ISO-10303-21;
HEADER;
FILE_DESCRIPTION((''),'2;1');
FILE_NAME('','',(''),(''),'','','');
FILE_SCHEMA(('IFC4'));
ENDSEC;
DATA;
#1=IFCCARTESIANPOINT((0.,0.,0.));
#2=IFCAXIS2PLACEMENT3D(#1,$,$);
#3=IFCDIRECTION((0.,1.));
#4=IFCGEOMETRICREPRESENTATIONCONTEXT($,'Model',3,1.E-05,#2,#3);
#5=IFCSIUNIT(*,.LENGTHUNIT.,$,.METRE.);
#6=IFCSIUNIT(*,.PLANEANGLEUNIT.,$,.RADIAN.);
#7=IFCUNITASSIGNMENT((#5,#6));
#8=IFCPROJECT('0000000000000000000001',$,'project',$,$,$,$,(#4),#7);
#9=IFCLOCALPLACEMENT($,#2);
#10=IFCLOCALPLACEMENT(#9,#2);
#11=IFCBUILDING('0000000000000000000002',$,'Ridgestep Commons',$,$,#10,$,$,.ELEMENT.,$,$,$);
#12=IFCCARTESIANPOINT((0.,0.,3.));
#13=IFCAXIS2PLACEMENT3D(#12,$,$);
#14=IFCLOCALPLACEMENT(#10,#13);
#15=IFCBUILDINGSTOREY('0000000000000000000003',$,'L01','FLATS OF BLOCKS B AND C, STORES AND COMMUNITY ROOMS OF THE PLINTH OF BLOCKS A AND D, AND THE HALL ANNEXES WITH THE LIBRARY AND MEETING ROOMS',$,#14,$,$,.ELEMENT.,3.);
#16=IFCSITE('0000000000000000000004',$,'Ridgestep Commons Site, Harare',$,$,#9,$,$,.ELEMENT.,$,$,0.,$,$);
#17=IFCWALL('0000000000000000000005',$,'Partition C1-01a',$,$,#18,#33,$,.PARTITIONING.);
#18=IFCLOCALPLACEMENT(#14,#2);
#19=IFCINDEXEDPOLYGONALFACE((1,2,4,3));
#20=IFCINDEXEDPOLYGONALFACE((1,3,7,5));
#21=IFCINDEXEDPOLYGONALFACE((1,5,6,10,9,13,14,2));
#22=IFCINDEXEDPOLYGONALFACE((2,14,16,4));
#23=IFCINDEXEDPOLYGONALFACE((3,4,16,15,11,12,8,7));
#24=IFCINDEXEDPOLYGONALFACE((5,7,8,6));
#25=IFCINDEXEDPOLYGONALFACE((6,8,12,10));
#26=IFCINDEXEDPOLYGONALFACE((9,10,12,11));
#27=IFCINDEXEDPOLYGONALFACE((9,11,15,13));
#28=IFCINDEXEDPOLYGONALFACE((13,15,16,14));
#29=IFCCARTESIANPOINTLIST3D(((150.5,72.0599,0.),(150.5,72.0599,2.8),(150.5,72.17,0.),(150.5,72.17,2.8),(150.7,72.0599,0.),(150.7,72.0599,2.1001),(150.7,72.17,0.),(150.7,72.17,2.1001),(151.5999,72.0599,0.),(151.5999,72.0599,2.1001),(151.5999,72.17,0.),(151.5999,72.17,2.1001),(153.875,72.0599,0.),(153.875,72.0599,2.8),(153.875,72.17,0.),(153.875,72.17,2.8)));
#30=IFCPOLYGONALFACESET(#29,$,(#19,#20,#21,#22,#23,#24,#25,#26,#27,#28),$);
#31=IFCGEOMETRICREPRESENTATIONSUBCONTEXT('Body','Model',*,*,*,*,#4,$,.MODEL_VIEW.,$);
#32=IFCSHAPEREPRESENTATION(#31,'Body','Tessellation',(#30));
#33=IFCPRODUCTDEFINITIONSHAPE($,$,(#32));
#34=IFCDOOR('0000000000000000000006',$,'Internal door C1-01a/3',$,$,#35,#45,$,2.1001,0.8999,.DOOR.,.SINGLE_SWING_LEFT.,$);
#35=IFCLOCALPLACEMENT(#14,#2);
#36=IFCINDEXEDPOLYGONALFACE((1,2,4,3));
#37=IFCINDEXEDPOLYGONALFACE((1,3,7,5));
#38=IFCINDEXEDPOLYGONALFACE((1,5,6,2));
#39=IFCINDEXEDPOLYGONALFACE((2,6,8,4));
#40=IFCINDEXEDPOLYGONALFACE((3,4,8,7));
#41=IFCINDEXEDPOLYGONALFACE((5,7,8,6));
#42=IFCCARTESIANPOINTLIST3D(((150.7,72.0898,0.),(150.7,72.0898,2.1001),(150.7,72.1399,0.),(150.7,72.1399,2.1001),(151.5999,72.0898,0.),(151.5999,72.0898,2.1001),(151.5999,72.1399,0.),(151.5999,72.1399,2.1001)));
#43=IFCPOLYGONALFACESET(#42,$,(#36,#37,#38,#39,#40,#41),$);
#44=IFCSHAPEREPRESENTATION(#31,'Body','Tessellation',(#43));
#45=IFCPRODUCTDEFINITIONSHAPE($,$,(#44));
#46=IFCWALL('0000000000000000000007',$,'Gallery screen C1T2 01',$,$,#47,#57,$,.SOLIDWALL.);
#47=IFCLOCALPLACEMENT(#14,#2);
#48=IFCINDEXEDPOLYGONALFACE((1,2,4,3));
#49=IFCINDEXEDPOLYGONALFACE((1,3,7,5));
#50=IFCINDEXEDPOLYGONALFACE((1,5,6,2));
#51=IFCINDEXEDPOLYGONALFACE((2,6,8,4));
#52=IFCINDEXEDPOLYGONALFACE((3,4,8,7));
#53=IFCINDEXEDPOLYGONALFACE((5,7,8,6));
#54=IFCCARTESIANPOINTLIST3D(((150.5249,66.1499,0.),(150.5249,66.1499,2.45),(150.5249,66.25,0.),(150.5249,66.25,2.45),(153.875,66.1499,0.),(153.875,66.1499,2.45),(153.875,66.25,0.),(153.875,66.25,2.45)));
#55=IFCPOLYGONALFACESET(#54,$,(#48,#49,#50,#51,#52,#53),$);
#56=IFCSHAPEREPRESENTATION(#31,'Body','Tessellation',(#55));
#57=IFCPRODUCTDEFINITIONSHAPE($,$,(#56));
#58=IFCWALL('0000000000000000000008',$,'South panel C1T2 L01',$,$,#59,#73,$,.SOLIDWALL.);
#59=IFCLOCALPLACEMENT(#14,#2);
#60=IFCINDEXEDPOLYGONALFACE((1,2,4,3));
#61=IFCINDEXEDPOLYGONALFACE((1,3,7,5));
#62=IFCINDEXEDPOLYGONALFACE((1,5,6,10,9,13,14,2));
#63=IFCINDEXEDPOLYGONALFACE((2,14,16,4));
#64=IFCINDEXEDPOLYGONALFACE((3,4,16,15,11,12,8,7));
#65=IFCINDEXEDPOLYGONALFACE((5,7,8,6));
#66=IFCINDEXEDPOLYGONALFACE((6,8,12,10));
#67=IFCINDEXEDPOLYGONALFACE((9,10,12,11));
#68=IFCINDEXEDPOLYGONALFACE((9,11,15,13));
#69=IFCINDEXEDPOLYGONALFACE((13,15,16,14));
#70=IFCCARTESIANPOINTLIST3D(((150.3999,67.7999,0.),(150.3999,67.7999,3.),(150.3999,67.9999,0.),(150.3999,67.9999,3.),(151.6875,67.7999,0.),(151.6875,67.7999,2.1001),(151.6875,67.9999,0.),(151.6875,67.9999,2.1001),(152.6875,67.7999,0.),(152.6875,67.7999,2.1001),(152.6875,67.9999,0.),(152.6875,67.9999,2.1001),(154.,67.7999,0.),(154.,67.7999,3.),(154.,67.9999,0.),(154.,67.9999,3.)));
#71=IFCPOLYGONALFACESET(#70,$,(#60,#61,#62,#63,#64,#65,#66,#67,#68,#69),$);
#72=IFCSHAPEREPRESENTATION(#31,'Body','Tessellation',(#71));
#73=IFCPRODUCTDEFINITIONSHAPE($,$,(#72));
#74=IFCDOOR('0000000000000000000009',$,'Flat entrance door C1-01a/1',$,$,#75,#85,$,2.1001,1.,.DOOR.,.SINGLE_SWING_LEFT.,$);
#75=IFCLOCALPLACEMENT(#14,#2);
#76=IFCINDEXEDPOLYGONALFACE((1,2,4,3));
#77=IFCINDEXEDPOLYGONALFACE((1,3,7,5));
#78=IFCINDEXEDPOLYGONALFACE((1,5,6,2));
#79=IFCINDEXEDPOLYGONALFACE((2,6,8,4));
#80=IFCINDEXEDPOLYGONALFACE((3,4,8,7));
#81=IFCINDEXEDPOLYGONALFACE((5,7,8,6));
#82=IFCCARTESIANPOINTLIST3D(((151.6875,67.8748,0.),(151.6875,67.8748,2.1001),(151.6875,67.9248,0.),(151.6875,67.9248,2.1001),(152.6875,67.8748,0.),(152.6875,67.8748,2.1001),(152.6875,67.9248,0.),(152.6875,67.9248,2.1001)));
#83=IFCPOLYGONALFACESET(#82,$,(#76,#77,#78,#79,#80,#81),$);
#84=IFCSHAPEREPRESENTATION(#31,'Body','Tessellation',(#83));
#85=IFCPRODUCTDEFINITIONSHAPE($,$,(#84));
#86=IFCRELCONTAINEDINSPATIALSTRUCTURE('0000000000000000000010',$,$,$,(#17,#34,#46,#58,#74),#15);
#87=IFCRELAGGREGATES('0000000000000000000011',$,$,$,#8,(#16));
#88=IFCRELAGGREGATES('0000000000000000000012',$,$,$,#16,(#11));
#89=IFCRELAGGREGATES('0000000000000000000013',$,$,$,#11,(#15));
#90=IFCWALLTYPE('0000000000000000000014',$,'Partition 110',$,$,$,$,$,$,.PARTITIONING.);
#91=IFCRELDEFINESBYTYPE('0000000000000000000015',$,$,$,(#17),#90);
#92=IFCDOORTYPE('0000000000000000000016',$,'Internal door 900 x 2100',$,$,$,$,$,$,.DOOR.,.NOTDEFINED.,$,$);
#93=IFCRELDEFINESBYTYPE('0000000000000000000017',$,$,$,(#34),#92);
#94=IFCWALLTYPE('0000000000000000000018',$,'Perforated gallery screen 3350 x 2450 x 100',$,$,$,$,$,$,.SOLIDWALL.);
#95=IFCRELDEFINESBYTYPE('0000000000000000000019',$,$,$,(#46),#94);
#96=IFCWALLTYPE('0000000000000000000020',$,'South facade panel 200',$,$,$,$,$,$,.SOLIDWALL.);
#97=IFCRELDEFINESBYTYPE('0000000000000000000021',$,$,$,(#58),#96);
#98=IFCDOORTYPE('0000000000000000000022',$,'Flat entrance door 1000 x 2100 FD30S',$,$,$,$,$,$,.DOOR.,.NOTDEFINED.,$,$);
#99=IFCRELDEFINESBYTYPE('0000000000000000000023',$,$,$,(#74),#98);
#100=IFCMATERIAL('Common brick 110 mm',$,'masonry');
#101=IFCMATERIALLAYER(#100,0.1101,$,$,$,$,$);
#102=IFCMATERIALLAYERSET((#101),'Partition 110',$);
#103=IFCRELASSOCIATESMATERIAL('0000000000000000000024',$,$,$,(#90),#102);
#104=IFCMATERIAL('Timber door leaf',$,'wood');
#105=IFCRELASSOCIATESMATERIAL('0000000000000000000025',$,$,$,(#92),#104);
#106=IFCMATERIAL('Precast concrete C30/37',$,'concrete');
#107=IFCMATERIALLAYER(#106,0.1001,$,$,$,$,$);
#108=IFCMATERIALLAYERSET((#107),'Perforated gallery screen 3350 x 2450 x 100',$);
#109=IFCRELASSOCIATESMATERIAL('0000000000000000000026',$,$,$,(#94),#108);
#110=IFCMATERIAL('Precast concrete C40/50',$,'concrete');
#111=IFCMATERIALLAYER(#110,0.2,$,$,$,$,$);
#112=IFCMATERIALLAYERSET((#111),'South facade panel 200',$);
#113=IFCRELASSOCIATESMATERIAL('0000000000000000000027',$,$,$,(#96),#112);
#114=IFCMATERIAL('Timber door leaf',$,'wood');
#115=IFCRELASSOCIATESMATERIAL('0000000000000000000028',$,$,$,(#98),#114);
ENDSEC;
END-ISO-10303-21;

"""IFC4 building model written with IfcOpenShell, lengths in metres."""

from ifc_helpers import new_model, si_unit, direction, frame, frame_2d, origin, place, context, subcontext, project, spatial, rectangle, extrude, material, layer, layer_set, type_object, element, fill, save


model = new_model("IFC4")

# Units and contexts
model_context = context("Model", 3, precision=1e-05, world=origin(), true_north=direction((0.0, 1.0)))
body_context = subcontext(model_context, "Body", "Model", "MODEL_VIEW")
ifc_project = project(units=[si_unit("LENGTHUNIT", "METRE"), si_unit("PLANEANGLEUNIT", "RADIAN")], contexts=[model_context])

# Site, building, storey
site_placement = place(None, origin())
site = spatial("IfcSite", under=ifc_project, at=site_placement, Name="Ridgestep Commons Site, Harare", CompositionType="ELEMENT", RefElevation=0.0)
building_placement = place(site_placement, origin())
building = spatial("IfcBuilding", under=site, at=building_placement, Name="Ridgestep Commons", CompositionType="ELEMENT")
storey_placement = place(building_placement, frame((0.0, 0.0, 3.0)))
storey = spatial("IfcBuildingStorey", under=building, at=storey_placement, Name="L01", Description="FLATS OF BLOCKS B AND C, STORES AND COMMUNITY ROOMS OF THE PLINTH OF BLOCKS A AND D, AND THE HALL ANNEXES WITH THE LIBRARY AND MEETING ROOMS", CompositionType="ELEMENT", Elevation=3.0)

# Shared definitions
ifc_material_1 = material(Name="Common brick 110 mm", Category="masonry")
ifc_layer_1 = layer(ifc_material_1, 0.1101)
ifc_layer_set_1 = layer_set([ifc_layer_1], Name="Partition 110")
wall_type_1 = type_object("IfcWallType", Name="Partition 110", PredefinedType="PARTITIONING", material=ifc_layer_set_1)

# Wall, opening, door
wall_1_placement = place(storey_placement, frame((150.5, 72.115, 0.0), z_axis=(0.0, 0.0, 1.0), x_axis=(1.0, 0.0, 0.0)))
wall_1 = element("IfcWall", 1, at=wall_1_placement, inside=storey, type_object=wall_type_1, Name="Partition C1-01a", PredefinedType="PARTITIONING", context=body_context, shape_type="SweptSolid", body=[
    extrude(rectangle(XDim=3.375, YDim=0.1101, at=frame_2d((1.6875, 0.0))), origin(), (0.0, 0.0, 1.0), 2.8),
])
opening_1_placement = place(wall_1_placement, frame((0.2, 0.0, 0.0)))
opening_1 = element("IfcOpeningElement", 2, at=opening_1_placement, cuts=wall_1, PredefinedType="OPENING", context=body_context, shape_type="SweptSolid", body=[
    extrude(rectangle(XDim=0.8999, YDim=2.1001, at=frame_2d((0.45, 1.05))), frame((0.0, 0.0649, 0.0), z_axis=(0.0, -1.0, 0.0), x_axis=(1.0, 0.0, 0.0)), (0.0, 0.0, 1.0), 0.1301),
])
ifc_material_2 = material(Name="Timber door leaf", Category="wood")
door_type_1 = type_object("IfcDoorType", Name="Internal door 900 x 2100", OperationType="NOTDEFINED", PredefinedType="DOOR", material=ifc_material_2)
door_1_placement = place(opening_1_placement, origin())
door_1 = element("IfcDoor", 3, at=door_1_placement, inside=storey, type_object=door_type_1, Name="Internal door C1-01a/3", OperationType="SINGLE_SWING_LEFT", OverallHeight=2.1001, OverallWidth=0.8999, PredefinedType="DOOR", context=body_context, shape_type="SweptSolid", body=[
    extrude(rectangle(XDim=0.8999, YDim=2.1001, at=frame_2d((0.45, 1.05))), frame((0.0, 0.0249, 0.0), z_axis=(0.0, -1.0, 0.0), x_axis=(1.0, 0.0, 0.0)), (0.0, 0.0, 1.0), 0.05),
])
fill(opening_1, door_1)

# Wall
ifc_material_3 = material(Name="Precast concrete C30/37", Category="concrete")
ifc_layer_2 = layer(ifc_material_3, 0.1001)
ifc_layer_set_2 = layer_set([ifc_layer_2], Name="Perforated gallery screen 3350 x 2450 x 100")
wall_type_2 = type_object("IfcWallType", Name="Perforated gallery screen 3350 x 2450 x 100", PredefinedType="SOLIDWALL", material=ifc_layer_set_2)
wall_2_placement = place(storey_placement, frame((150.5249, 66.2, 0.0), z_axis=(0.0, 0.0, 1.0), x_axis=(1.0, 0.0, 0.0)))
element("IfcWall", 4, at=wall_2_placement, inside=storey, type_object=wall_type_2, Name="Gallery screen C1T2 01", PredefinedType="SOLIDWALL", context=body_context, shape_type="SweptSolid", body=[
    extrude(rectangle(XDim=3.3501, YDim=0.1001, at=frame_2d((1.675, 0.0))), origin(), (0.0, 0.0, 1.0), 2.45),
])

# Wall, opening, door
ifc_material_4 = material(Name="Precast concrete C40/50", Category="concrete")
ifc_layer_3 = layer(ifc_material_4, 0.2)
ifc_layer_set_3 = layer_set([ifc_layer_3], Name="South facade panel 200")
wall_type_3 = type_object("IfcWallType", Name="South facade panel 200", PredefinedType="SOLIDWALL", material=ifc_layer_set_3)
wall_3_placement = place(storey_placement, frame((150.3999, 67.8999, 0.0), z_axis=(0.0, 0.0, 1.0), x_axis=(1.0, 0.0, 0.0)))
wall_3 = element("IfcWall", 5, at=wall_3_placement, inside=storey, type_object=wall_type_3, Name="South panel C1T2 L01", PredefinedType="SOLIDWALL", context=body_context, shape_type="SweptSolid", body=[
    extrude(rectangle(XDim=3.6001, YDim=0.2, at=frame_2d((1.8, 0.0))), origin(), (0.0, 0.0, 1.0), 3.0),
])
opening_2_placement = place(wall_3_placement, frame((1.2876, 0.0, 0.0)))
opening_2 = element("IfcOpeningElement", 6, at=opening_2_placement, cuts=wall_3, PredefinedType="OPENING", context=body_context, shape_type="SweptSolid", body=[
    extrude(rectangle(XDim=1.0, YDim=2.1001, at=frame_2d((0.5, 1.05))), frame((0.0, 0.1099, 0.0), z_axis=(0.0, -1.0, 0.0), x_axis=(1.0, 0.0, 0.0)), (0.0, 0.0, 1.0), 0.22),
])
ifc_material_5 = material(Name="Timber door leaf", Category="wood")
door_type_2 = type_object("IfcDoorType", Name="Flat entrance door 1000 x 2100 FD30S", OperationType="NOTDEFINED", PredefinedType="DOOR", material=ifc_material_5)
door_2_placement = place(opening_2_placement, origin())
door_2 = element("IfcDoor", 7, at=door_2_placement, inside=storey, type_object=door_type_2, Name="Flat entrance door C1-01a/1", OperationType="SINGLE_SWING_LEFT", OverallHeight=2.1001, OverallWidth=1.0, PredefinedType="DOOR", context=body_context, shape_type="SweptSolid", body=[
    extrude(rectangle(XDim=1.0, YDim=2.1001, at=frame_2d((0.5, 1.05))), frame((0.0, 0.0249, 0.0), z_axis=(0.0, -1.0, 0.0), x_axis=(1.0, 0.0, 0.0)), (0.0, 0.0, 1.0), 0.05),
])
fill(opening_2, door_2)

save(model, "model.ifc")
